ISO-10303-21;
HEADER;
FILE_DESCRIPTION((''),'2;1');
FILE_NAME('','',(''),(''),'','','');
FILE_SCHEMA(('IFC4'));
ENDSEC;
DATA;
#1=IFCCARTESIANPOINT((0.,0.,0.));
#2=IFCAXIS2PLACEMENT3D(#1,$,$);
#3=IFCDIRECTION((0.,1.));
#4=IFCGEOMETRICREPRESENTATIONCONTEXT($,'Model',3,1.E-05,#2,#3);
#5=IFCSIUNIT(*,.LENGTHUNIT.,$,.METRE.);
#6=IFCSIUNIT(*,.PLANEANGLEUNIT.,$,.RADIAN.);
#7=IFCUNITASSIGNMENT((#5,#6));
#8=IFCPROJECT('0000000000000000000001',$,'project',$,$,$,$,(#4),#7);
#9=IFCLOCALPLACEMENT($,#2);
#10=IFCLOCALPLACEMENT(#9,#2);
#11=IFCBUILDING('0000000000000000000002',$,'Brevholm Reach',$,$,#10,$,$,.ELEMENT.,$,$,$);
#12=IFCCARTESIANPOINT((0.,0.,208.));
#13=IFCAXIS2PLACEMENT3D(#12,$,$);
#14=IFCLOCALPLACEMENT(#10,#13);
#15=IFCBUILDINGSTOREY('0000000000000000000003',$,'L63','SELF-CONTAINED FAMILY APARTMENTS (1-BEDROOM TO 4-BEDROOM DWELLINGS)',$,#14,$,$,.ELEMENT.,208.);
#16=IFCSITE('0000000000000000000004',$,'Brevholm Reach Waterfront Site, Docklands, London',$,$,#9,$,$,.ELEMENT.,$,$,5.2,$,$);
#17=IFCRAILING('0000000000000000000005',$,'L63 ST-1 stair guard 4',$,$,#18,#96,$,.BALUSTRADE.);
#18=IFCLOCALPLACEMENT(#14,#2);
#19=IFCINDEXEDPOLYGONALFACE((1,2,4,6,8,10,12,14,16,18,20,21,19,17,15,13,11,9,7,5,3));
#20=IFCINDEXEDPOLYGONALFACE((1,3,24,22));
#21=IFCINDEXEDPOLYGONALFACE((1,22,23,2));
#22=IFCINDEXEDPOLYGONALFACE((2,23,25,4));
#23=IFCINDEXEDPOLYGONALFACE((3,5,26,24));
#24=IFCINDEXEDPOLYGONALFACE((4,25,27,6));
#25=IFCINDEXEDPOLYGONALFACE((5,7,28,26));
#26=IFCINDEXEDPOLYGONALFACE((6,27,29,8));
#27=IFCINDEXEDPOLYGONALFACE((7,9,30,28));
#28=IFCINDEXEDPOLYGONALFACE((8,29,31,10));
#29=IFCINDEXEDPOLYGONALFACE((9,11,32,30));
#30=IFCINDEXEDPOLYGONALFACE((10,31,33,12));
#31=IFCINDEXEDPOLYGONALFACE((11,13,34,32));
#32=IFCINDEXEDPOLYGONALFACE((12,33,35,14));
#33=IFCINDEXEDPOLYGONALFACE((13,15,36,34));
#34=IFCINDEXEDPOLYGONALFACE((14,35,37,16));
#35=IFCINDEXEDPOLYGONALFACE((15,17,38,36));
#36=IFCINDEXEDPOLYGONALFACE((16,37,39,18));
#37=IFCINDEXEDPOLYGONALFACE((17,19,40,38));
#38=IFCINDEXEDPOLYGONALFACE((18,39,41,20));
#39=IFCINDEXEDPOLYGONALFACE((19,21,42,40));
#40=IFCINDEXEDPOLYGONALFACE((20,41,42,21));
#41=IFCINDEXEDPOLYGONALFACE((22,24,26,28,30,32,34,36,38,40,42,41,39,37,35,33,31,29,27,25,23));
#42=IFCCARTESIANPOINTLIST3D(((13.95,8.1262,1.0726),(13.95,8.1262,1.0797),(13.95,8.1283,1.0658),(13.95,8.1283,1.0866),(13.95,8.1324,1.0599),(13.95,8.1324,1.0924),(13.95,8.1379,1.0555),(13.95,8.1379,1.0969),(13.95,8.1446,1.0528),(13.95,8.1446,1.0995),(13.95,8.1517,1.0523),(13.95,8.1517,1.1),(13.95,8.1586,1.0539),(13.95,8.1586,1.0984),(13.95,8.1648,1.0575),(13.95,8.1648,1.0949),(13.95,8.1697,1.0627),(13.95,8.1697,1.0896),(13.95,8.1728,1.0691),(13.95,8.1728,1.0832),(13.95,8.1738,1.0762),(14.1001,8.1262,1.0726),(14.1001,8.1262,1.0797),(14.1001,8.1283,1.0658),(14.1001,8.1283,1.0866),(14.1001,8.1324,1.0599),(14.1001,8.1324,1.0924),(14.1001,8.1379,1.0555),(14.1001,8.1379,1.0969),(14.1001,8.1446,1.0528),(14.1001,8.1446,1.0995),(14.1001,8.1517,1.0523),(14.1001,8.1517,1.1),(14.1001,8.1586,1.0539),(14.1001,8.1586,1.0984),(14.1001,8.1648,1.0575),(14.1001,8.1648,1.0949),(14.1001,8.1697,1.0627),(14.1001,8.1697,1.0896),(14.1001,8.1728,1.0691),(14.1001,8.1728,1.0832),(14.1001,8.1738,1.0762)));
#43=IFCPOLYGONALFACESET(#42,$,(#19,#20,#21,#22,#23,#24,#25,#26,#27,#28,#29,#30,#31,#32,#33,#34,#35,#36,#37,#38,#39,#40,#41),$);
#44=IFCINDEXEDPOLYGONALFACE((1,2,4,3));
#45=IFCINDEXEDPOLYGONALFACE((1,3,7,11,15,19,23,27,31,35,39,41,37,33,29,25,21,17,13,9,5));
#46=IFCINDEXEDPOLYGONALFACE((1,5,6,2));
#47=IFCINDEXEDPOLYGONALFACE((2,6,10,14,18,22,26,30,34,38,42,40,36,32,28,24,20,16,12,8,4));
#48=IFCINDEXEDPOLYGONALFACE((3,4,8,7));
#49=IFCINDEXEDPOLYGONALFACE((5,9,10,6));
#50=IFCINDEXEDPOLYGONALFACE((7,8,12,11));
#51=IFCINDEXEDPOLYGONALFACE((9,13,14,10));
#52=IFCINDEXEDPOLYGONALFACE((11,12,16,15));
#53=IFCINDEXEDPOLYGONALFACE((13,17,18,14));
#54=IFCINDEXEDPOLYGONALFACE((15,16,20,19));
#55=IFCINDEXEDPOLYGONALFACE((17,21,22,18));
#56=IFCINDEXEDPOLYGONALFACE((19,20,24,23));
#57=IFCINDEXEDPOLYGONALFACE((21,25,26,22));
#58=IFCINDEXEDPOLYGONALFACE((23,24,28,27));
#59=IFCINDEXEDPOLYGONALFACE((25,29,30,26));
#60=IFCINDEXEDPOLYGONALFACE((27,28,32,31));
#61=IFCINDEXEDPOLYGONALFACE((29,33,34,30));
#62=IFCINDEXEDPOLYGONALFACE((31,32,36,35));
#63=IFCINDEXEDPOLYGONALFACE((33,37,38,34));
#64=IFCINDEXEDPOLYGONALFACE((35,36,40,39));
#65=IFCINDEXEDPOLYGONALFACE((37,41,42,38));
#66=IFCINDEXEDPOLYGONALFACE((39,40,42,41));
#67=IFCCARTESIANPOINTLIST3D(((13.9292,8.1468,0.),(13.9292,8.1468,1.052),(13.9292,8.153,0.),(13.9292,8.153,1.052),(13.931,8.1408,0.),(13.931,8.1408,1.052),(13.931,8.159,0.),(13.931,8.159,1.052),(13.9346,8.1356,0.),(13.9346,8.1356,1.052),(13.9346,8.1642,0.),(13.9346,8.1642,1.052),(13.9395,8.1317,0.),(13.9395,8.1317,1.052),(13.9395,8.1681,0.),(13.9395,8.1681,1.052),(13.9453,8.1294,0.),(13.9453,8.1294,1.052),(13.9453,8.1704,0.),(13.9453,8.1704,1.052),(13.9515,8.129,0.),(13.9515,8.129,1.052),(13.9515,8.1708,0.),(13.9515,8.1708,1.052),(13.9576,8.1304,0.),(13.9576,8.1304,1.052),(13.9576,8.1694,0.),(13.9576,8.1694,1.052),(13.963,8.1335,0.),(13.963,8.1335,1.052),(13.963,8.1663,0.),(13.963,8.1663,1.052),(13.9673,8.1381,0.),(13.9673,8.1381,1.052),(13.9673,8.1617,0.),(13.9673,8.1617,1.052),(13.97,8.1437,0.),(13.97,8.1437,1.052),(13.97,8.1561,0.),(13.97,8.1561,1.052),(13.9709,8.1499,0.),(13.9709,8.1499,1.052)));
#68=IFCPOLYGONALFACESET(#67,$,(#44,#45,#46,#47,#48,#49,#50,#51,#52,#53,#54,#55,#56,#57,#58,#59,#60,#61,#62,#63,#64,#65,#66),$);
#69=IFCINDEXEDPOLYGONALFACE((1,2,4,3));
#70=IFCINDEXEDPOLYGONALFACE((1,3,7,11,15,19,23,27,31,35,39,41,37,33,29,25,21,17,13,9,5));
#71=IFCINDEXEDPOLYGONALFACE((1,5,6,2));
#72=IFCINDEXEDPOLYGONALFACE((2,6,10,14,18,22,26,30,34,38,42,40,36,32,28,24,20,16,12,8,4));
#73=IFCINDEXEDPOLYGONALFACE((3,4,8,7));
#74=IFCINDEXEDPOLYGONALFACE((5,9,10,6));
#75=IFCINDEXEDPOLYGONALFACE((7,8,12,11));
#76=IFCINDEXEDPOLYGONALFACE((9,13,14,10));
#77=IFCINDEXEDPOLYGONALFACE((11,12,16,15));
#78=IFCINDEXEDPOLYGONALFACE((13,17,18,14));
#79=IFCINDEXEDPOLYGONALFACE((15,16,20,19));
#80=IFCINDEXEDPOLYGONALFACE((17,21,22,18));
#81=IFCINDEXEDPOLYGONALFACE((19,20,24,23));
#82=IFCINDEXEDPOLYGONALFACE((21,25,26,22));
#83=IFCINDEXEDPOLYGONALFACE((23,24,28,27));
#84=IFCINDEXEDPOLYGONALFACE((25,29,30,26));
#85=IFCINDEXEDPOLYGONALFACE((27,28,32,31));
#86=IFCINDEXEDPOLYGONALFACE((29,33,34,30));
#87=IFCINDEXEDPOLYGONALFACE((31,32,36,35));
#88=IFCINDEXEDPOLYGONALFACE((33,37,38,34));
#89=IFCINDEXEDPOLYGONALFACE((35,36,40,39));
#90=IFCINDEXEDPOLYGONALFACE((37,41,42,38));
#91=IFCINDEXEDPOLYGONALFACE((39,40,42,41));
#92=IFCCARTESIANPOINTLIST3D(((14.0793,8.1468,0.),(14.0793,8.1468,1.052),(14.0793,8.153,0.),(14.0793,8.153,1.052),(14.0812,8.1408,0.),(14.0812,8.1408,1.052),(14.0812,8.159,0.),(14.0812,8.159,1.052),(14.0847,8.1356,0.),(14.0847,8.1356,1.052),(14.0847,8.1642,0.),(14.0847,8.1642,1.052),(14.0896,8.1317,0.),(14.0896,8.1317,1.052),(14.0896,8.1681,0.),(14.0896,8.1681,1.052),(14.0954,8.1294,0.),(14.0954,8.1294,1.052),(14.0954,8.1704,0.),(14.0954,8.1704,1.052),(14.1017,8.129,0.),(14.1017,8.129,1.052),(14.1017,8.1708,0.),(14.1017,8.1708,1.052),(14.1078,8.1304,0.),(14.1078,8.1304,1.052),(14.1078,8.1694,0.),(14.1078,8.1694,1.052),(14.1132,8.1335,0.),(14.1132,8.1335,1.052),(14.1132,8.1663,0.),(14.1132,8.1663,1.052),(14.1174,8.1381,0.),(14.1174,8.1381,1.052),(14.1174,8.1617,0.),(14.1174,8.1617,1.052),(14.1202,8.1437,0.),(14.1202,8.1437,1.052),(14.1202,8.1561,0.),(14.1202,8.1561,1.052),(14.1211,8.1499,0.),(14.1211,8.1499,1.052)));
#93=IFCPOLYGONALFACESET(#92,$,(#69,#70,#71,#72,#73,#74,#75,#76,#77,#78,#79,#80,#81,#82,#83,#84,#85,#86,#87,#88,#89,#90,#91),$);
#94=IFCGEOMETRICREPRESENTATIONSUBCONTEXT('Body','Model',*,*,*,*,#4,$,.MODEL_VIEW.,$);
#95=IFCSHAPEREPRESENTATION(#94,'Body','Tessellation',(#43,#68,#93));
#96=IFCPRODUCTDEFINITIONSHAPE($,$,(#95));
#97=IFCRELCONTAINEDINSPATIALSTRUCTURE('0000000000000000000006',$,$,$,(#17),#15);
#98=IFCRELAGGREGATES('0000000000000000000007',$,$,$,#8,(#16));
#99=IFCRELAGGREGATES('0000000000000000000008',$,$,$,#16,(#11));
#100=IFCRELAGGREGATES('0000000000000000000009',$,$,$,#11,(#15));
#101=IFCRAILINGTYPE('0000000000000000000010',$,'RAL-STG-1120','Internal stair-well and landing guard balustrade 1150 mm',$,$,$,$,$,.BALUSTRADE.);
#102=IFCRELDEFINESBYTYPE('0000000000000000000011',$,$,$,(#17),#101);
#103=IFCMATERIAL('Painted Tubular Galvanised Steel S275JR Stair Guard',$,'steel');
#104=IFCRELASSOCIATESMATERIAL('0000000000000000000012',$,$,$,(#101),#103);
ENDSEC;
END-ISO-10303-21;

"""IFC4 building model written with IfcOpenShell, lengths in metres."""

from ifc_helpers import new_model, si_unit, direction, frame, origin, origin_2d, place, context, subcontext, project, spatial, circle, extrude, material, type_object, element, save


model = new_model("IFC4")

# Units and contexts
model_context = context("Model", 3, precision=1e-05, world=origin(), true_north=direction((0.0, 1.0)))
body_context = subcontext(model_context, "Body", "Model", "MODEL_VIEW")
ifc_project = project(units=[si_unit("LENGTHUNIT", "METRE"), si_unit("PLANEANGLEUNIT", "RADIAN")], contexts=[model_context])

# Site, building, storey
site_placement = place(None, origin())
site = spatial("IfcSite", under=ifc_project, at=site_placement, Name="Brevholm Reach Waterfront Site, Docklands, London", CompositionType="ELEMENT", RefElevation=5.2)
building_placement = place(site_placement, origin())
building = spatial("IfcBuilding", under=site, at=building_placement, Name="Brevholm Reach", CompositionType="ELEMENT")
storey_placement = place(building_placement, frame((0.0, 0.0, 208.0)))
storey = spatial("IfcBuildingStorey", under=building, at=storey_placement, Name="L63", Description="SELF-CONTAINED FAMILY APARTMENTS (1-BEDROOM TO 4-BEDROOM DWELLINGS)", CompositionType="ELEMENT", Elevation=208.0)

# Railing
ifc_material_1 = material(Name="Painted Tubular Galvanised Steel S275JR Stair Guard", Category="steel")
railing_type_1 = type_object("IfcRailingType", Name="RAL-STG-1120", Description="Internal stair-well and landing guard balustrade 1150 mm", PredefinedType="BALUSTRADE", material=ifc_material_1)
railing_1_placement = place(storey_placement, frame((13.95, 8.1499, 0.0)))
element("IfcRailing", 1, at=railing_1_placement, inside=storey, type_object=railing_type_1, Name="L63 ST-1 stair guard 4", PredefinedType="BALUSTRADE", context=body_context, shape_type="SweptSolid", body=[
    extrude(circle(Radius=0.0239, at=origin_2d()), frame((0.0, 0.0, 1.0762), z_axis=(1.0, 0.0, 0.0), x_axis=(0.0, 1.0, 0.0)), (0.0, 0.0, 1.0), 0.1501),
    extrude(circle(Radius=0.021, at=origin_2d()), origin(), (0.0, 0.0, 1.0), 1.052),
    extrude(circle(Radius=0.021, at=origin_2d()), frame((0.1501, 0.0, 0.0)), (0.0, 0.0, 1.0), 1.052),
])

save(model, "model.ifc")
